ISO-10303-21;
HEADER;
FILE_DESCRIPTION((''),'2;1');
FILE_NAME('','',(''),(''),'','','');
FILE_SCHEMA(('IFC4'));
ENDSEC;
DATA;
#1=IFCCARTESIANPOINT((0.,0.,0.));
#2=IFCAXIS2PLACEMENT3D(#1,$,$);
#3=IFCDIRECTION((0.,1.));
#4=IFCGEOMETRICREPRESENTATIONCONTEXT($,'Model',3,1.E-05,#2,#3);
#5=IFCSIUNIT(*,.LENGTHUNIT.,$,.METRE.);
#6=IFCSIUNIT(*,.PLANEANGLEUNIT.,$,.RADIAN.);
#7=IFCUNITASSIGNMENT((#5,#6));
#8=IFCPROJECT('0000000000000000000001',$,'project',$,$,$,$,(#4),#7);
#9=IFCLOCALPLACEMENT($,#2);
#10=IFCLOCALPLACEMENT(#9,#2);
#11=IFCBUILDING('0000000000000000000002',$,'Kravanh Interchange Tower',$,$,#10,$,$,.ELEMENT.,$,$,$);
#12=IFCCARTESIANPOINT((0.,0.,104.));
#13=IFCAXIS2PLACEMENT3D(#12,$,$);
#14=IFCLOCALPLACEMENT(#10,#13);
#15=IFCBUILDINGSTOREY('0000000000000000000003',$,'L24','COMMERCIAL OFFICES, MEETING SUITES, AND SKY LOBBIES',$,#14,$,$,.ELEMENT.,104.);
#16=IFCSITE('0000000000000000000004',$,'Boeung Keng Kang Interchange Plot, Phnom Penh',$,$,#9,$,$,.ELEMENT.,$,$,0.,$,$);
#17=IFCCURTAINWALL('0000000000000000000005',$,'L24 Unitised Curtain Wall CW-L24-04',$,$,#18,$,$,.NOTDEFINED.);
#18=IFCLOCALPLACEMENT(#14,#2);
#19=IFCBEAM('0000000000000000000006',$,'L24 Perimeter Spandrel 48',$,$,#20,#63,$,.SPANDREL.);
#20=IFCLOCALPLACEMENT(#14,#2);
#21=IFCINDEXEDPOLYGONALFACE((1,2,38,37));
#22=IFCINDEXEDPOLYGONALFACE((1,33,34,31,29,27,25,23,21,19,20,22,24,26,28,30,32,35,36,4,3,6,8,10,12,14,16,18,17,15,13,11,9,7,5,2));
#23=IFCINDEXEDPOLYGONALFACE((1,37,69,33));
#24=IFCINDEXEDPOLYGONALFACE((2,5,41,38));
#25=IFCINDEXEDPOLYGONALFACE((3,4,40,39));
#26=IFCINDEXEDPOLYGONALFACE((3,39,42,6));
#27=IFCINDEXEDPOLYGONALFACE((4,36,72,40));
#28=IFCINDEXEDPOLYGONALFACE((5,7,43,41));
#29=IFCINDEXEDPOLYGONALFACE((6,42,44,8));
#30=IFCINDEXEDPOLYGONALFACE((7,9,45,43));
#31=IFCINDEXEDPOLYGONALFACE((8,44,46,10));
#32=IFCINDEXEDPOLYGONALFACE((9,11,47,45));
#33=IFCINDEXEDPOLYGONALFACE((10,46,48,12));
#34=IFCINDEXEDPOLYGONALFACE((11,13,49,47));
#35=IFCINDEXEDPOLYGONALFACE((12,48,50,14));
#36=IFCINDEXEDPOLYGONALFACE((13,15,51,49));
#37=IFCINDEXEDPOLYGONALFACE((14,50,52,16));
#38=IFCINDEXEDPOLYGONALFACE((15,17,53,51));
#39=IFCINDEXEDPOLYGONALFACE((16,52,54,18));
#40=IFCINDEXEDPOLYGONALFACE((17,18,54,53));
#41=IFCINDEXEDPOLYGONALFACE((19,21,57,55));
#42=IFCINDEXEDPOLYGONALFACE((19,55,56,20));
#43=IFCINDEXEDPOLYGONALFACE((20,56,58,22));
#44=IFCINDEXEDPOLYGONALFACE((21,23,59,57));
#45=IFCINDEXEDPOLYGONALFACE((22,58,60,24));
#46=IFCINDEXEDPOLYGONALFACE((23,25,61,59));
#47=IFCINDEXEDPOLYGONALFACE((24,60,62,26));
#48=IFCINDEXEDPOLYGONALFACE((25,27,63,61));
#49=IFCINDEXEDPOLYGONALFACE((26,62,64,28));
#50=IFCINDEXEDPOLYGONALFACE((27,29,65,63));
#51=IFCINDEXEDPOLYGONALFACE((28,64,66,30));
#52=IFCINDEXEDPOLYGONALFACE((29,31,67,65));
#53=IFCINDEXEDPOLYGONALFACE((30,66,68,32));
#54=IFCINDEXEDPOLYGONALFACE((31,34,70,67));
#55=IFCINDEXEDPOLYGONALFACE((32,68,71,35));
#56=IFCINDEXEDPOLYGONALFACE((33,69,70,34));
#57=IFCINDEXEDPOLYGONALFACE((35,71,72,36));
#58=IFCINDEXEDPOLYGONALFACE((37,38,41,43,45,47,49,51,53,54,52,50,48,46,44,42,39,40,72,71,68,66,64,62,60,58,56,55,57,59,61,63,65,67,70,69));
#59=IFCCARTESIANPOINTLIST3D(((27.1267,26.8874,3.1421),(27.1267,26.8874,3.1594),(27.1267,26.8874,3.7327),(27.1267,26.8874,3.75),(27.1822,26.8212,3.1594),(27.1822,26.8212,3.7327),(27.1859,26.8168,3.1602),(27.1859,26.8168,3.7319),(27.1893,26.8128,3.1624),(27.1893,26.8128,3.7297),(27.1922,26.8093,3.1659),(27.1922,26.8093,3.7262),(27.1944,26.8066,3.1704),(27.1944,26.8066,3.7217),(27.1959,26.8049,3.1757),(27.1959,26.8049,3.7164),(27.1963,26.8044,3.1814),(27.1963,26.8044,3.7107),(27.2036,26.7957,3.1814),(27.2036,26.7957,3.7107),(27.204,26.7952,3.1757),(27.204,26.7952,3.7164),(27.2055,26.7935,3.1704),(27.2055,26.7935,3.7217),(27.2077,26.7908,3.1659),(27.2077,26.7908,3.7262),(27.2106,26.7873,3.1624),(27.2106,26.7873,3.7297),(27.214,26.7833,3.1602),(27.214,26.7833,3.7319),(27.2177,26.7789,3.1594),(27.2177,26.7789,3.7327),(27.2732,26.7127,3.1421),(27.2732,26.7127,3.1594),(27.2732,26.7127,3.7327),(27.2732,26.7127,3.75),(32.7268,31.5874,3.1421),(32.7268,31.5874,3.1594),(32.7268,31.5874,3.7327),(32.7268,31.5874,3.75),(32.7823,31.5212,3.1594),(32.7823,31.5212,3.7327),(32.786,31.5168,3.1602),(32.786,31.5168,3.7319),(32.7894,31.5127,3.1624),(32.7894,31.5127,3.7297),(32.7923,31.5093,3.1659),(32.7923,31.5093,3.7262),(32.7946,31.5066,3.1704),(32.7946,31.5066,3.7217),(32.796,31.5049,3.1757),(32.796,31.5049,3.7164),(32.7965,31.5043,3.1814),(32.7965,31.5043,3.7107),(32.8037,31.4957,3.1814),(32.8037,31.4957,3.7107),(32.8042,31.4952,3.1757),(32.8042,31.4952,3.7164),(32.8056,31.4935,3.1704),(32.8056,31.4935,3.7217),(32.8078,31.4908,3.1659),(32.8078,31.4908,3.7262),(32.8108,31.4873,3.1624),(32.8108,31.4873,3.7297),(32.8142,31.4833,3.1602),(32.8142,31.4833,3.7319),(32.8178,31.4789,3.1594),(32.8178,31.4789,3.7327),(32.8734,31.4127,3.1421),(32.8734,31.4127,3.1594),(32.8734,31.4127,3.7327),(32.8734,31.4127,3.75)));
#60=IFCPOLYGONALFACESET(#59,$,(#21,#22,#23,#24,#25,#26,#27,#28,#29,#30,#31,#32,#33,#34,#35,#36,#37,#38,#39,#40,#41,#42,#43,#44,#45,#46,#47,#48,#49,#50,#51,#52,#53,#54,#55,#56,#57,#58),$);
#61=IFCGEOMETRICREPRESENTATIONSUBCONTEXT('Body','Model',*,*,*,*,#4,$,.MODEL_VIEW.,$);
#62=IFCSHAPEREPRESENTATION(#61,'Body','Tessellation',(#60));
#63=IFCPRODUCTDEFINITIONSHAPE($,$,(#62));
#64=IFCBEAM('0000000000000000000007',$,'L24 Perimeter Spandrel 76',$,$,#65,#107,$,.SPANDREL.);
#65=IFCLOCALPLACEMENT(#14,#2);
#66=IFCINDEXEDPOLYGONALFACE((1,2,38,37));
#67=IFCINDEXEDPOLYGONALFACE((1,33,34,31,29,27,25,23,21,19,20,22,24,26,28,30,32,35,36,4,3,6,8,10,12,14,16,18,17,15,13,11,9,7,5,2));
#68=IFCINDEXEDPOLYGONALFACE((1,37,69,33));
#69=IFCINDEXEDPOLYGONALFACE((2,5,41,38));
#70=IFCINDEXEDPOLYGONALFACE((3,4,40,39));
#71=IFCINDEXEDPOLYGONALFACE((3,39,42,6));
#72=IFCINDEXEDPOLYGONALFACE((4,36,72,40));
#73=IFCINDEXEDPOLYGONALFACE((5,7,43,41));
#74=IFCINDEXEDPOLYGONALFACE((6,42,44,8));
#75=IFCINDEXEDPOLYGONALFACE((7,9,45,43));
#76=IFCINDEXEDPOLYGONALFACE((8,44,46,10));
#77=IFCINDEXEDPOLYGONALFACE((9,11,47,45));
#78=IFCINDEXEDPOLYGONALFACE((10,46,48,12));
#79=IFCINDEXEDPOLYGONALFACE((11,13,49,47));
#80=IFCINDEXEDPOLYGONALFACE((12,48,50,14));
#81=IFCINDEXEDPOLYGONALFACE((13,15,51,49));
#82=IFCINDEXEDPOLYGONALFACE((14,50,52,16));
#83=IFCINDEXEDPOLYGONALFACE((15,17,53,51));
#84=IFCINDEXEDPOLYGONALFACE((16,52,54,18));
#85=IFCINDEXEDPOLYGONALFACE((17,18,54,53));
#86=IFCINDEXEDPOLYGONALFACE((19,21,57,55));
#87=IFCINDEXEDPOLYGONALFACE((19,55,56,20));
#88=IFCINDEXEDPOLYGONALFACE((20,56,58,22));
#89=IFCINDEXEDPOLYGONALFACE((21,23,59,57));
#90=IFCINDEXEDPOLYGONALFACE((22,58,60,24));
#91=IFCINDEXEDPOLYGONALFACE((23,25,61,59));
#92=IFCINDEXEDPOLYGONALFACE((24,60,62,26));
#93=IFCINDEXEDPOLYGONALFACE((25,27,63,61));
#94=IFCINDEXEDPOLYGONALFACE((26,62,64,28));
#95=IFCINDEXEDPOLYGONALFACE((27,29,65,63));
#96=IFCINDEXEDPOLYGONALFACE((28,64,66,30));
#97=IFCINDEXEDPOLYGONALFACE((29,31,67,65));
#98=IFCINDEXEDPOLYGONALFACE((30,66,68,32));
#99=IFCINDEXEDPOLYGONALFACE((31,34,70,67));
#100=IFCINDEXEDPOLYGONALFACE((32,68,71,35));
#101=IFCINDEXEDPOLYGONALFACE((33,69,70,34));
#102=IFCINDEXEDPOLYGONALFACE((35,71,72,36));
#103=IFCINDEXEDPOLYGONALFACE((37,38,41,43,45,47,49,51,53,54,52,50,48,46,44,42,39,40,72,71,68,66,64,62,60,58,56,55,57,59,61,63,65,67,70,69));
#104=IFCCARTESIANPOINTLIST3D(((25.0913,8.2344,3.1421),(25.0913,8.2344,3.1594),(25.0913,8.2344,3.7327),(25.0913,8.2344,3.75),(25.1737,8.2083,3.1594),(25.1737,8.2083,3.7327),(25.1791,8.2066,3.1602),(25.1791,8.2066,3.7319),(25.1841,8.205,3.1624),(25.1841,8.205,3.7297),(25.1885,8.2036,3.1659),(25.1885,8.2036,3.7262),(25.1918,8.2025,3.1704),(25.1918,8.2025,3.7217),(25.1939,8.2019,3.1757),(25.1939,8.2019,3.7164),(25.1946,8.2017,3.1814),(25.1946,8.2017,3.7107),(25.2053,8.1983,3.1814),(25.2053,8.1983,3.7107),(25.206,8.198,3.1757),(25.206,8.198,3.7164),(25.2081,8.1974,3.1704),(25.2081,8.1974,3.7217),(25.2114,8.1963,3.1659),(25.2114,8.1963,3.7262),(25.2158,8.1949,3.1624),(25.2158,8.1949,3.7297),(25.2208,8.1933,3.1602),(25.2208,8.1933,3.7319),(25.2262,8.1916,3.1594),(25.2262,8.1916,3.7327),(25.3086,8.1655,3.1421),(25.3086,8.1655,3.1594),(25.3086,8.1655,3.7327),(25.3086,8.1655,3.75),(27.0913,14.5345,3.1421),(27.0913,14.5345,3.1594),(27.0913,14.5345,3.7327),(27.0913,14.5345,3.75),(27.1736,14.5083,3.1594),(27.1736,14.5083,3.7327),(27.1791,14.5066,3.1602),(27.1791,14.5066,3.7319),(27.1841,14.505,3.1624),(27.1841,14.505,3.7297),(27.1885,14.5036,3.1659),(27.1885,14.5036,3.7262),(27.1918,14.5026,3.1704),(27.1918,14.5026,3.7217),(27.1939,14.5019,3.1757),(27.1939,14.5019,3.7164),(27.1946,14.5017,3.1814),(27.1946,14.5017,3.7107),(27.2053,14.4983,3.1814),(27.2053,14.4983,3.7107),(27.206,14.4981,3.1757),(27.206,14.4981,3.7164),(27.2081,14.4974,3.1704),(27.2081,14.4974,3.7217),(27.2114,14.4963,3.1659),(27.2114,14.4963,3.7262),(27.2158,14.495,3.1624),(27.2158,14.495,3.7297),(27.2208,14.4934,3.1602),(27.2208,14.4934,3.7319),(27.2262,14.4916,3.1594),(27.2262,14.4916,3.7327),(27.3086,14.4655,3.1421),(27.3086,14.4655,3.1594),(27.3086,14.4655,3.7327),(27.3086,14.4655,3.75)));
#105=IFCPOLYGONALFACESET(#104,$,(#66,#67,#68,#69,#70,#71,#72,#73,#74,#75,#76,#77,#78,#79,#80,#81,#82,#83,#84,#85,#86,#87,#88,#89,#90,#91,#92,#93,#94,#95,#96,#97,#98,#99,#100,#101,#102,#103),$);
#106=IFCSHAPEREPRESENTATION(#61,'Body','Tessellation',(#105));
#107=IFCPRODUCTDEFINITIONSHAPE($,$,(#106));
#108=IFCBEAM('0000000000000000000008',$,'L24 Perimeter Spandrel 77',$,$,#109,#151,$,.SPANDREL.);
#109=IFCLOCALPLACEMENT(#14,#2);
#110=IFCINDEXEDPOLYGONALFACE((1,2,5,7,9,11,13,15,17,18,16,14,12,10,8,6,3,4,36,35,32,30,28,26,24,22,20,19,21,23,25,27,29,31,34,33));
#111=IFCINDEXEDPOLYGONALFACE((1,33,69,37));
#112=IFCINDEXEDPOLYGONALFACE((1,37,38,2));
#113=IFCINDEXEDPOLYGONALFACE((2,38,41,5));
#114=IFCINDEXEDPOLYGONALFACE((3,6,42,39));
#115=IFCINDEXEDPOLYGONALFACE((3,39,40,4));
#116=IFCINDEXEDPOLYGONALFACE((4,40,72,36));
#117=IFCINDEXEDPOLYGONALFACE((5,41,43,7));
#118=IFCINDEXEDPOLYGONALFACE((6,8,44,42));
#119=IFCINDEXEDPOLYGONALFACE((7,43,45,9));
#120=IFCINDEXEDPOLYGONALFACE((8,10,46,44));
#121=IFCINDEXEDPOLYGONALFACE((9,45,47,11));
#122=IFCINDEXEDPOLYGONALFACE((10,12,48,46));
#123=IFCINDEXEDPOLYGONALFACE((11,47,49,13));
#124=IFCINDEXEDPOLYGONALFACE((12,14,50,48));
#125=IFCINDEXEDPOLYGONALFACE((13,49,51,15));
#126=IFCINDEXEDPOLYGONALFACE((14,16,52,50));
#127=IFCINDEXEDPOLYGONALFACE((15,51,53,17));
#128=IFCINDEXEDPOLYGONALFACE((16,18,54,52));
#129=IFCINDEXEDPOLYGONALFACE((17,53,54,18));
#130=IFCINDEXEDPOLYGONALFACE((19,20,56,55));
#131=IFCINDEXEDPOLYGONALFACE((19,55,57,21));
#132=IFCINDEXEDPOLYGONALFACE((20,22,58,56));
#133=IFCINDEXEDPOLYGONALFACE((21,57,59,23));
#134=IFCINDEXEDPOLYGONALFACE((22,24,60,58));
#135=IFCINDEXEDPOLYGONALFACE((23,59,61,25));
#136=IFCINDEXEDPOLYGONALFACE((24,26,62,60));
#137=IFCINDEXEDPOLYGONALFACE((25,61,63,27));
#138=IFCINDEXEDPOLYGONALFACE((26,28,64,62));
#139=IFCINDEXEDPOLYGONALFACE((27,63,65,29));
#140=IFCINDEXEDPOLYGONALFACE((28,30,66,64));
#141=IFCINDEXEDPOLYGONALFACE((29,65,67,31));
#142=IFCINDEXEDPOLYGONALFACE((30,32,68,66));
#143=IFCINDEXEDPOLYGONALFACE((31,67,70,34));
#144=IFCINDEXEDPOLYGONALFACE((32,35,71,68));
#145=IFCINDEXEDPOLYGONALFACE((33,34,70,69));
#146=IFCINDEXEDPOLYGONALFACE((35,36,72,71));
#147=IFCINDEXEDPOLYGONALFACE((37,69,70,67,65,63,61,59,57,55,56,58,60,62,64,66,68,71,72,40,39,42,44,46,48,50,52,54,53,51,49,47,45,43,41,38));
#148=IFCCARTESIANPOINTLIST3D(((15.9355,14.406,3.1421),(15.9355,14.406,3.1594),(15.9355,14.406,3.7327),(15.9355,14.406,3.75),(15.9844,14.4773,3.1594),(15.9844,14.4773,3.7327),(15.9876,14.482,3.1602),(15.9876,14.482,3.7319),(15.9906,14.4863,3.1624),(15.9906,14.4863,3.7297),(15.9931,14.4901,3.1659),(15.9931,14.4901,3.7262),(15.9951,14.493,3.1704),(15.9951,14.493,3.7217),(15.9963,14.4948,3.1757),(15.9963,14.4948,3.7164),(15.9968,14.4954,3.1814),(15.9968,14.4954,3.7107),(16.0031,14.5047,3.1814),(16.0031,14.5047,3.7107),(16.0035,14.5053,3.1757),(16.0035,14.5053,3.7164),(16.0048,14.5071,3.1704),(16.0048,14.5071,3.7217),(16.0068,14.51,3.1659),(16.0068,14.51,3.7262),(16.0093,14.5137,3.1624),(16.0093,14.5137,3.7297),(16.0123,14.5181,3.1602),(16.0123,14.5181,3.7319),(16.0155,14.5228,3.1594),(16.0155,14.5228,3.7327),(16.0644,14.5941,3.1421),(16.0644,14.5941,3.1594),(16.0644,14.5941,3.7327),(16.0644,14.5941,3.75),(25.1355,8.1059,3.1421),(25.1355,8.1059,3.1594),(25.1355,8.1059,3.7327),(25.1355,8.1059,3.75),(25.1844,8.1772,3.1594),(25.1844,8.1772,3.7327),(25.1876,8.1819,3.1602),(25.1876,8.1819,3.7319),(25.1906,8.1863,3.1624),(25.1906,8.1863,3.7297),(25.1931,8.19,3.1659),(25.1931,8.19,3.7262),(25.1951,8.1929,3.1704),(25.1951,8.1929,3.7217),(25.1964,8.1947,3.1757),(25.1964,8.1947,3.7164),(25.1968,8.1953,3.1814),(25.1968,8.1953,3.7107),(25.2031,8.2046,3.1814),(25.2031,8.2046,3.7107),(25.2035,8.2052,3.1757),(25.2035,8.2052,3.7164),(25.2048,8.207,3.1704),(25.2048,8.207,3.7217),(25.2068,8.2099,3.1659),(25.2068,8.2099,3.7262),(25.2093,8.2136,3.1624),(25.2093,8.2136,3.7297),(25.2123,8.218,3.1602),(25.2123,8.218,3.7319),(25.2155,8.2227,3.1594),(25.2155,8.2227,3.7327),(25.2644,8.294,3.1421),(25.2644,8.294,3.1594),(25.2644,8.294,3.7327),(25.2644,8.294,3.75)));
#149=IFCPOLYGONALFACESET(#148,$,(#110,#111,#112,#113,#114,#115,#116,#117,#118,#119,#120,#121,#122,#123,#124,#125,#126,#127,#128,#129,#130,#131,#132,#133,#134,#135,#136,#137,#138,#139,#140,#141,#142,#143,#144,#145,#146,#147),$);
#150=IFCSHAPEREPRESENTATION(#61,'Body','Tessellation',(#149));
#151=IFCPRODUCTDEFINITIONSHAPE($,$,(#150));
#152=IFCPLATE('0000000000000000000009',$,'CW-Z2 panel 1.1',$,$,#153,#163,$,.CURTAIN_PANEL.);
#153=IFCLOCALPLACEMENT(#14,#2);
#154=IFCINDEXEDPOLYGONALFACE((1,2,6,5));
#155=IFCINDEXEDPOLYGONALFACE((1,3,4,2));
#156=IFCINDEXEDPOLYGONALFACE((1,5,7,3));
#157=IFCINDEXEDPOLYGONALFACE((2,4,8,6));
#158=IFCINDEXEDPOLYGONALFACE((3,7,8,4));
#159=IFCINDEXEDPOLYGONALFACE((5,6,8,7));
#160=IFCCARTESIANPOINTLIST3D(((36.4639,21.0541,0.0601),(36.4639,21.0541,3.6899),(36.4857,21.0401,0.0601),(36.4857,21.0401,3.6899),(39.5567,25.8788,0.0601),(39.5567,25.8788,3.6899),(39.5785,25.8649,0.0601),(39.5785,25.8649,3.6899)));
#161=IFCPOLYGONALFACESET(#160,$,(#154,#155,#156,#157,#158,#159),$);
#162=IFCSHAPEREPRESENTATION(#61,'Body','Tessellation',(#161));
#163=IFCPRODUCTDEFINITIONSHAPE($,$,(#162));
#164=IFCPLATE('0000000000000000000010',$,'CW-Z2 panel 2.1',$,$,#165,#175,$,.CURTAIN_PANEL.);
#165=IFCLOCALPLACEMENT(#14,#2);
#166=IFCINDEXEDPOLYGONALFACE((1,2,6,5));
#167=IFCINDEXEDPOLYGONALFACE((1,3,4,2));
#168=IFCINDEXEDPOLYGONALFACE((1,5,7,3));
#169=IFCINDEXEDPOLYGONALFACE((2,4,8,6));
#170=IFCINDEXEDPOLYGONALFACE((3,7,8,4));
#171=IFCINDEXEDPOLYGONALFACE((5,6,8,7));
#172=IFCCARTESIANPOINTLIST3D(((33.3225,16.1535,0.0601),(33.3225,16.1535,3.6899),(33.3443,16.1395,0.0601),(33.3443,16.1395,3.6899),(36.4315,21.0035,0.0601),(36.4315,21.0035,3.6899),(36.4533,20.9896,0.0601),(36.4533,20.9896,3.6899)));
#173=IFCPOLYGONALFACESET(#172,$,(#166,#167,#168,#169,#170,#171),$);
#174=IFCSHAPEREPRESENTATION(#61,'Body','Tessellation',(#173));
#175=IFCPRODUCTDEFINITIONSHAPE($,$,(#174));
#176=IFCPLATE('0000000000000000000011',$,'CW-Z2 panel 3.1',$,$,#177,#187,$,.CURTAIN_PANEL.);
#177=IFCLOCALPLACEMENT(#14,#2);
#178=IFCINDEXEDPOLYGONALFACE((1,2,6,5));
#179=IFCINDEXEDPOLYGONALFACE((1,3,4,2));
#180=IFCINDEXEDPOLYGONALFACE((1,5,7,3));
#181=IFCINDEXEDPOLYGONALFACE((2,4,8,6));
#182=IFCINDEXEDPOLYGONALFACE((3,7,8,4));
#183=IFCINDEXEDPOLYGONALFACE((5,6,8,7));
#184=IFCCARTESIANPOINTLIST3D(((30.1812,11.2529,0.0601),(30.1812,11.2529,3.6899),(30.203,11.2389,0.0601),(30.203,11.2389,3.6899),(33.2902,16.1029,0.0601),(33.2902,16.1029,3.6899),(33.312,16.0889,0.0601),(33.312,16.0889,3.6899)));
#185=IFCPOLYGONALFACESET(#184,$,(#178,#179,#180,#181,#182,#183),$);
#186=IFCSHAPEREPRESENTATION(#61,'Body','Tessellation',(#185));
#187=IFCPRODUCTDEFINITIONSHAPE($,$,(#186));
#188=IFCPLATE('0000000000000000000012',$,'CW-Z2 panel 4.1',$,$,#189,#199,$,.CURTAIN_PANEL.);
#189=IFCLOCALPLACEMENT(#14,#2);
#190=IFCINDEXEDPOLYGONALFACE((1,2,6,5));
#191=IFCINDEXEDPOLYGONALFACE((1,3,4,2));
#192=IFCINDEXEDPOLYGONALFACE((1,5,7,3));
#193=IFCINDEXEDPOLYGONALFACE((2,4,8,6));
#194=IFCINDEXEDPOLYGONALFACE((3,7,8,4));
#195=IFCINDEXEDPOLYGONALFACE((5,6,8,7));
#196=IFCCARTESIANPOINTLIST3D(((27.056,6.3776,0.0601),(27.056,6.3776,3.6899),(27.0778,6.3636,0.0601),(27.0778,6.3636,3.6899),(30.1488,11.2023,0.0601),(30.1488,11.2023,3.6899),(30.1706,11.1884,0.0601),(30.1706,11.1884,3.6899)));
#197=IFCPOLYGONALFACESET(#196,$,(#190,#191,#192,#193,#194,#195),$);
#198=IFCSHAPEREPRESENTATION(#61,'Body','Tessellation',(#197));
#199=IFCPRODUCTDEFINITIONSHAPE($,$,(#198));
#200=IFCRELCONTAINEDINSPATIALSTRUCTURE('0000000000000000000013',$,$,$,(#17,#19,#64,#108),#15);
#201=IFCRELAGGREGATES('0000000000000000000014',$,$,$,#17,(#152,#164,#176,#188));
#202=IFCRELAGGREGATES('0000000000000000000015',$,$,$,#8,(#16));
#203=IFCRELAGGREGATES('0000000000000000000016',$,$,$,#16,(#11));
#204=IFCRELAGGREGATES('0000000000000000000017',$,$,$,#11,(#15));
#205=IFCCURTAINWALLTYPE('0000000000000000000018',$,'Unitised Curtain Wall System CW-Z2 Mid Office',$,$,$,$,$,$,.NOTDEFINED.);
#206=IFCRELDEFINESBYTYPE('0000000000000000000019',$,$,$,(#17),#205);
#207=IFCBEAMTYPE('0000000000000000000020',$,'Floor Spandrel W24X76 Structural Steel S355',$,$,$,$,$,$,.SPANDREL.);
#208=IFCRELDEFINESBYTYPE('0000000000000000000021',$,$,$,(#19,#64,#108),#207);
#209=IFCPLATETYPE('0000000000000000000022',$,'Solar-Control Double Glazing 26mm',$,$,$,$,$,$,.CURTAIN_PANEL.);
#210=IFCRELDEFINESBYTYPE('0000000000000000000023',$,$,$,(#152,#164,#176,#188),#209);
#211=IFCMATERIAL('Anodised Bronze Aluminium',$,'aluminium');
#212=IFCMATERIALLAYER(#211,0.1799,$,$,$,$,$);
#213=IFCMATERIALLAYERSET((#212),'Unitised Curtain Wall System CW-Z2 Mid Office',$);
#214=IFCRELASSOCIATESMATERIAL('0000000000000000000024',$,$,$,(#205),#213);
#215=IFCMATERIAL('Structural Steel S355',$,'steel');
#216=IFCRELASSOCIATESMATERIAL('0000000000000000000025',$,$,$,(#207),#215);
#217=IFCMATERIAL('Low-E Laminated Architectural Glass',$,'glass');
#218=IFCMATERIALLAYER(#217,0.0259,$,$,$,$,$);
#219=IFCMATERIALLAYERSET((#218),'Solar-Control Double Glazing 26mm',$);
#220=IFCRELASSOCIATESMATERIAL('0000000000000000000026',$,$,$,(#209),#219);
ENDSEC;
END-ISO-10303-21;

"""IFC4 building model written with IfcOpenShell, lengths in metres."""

from ifc_helpers import new_model, si_unit, direction, frame, origin, origin_2d, place, context, subcontext, project, spatial, rectangle, i_section, extrude, material, layer, layer_set, material_profile, profile_set, type_object, element, aggregate, save


model = new_model("IFC4")

# Units and contexts
model_context = context("Model", 3, precision=1e-05, world=origin(), true_north=direction((0.0, 1.0)))
body_context = subcontext(model_context, "Body", "Model", "MODEL_VIEW")
ifc_project = project(units=[si_unit("LENGTHUNIT", "METRE"), si_unit("PLANEANGLEUNIT", "RADIAN")], contexts=[model_context])

# Site, building, storey
site_placement = place(None, origin())
site = spatial("IfcSite", under=ifc_project, at=site_placement, Name="Boeung Keng Kang Interchange Plot, Phnom Penh", CompositionType="ELEMENT", RefElevation=0.0)
building_placement = place(site_placement, origin())
building = spatial("IfcBuilding", under=site, at=building_placement, Name="Kravanh Interchange Tower", CompositionType="ELEMENT")
storey_placement = place(building_placement, frame((0.0, 0.0, 104.0)))
storey = spatial("IfcBuildingStorey", under=building, at=storey_placement, Name="L24", Description="COMMERCIAL OFFICES, MEETING SUITES, AND SKY LOBBIES", CompositionType="ELEMENT", Elevation=104.0)

# Curtain wall
ifc_material_1 = material(Name="Anodised Bronze Aluminium", Category="aluminium")
ifc_layer_1 = layer(ifc_material_1, 0.1799)
ifc_layer_set_1 = layer_set([ifc_layer_1], Name="Unitised Curtain Wall System CW-Z2 Mid Office")
curtain_wall_type = type_object("IfcCurtainWallType", Name="Unitised Curtain Wall System CW-Z2 Mid Office", PredefinedType="NOTDEFINED", material=ifc_layer_set_1)
curtain_wall_1_placement = place(storey_placement, origin())
curtain_wall_1 = element("IfcCurtainWall", 1, at=curtain_wall_1_placement, inside=storey, type_object=curtain_wall_type, Name="L24 Unitised Curtain Wall CW-L24-04", PredefinedType="NOTDEFINED")

# Beams
ifc_material_2 = material(Name="Structural Steel S355", Category="steel")
ifc_material_profile_1 = material_profile(ifc_material_2, i_section(OverallWidth=0.228, OverallDepth=0.6079, WebThickness=0.0112, FlangeThickness=0.0173, FilletRadius=0.022, at=origin_2d()), Name="W24X76")
ifc_profile_set_1 = profile_set([ifc_material_profile_1], Name="Structural Steel S355")
beam_type_1 = type_object("IfcBeamType", Name="Floor Spandrel W24X76 Structural Steel S355", PredefinedType="SPANDREL", material=ifc_profile_set_1)
beam_1_placement = place(storey_placement, frame((27.2, 26.8, 3.446), z_axis=(0.765983, 0.642861, 0.0), x_axis=(-0.642861, 0.765983, 0.0)))
element("IfcBeam", 2, at=beam_1_placement, inside=storey, type_object=beam_type_1, Name="L24 Perimeter Spandrel 48", PredefinedType="SPANDREL", context=body_context, shape_type="SweptSolid", body=[
    extrude(i_section(OverallWidth=0.228, OverallDepth=0.6079, WebThickness=0.0112, FlangeThickness=0.0173, FilletRadius=0.022, at=origin_2d()), origin(), (0.0, 0.0, 1.0), 7.311),
])
beam_2_placement = place(storey_placement, frame((25.2, 8.2, 3.446), z_axis=(0.302577, 0.953125, 0.0), x_axis=(-0.953125, 0.302577, 0.0)))
element("IfcBeam", 3, at=beam_2_placement, inside=storey, type_object=beam_type_1, Name="L24 Perimeter Spandrel 76", PredefinedType="SPANDREL", context=body_context, shape_type="SweptSolid", body=[
    extrude(i_section(OverallWidth=0.228, OverallDepth=0.6079, WebThickness=0.0112, FlangeThickness=0.0173, FilletRadius=0.022, at=origin_2d()), origin(), (0.0, 0.0, 1.0), 6.6099),
])
beam_3_placement = place(storey_placement, frame((25.2, 8.2, 3.446), z_axis=(-0.825084, 0.56501, 0.0), x_axis=(-0.56501, -0.825084, 0.0)))
element("IfcBeam", 4, at=beam_3_placement, inside=storey, type_object=beam_type_1, Name="L24 Perimeter Spandrel 77", PredefinedType="SPANDREL", context=body_context, shape_type="SweptSolid", body=[
    extrude(i_section(OverallWidth=0.228, OverallDepth=0.6079, WebThickness=0.0112, FlangeThickness=0.0173, FilletRadius=0.022, at=origin_2d()), origin(), (0.0, 0.0, 1.0), 11.1504),
])

# Plates
ifc_material_3 = material(Name="Low-E Laminated Architectural Glass", Category="glass")
ifc_layer_2 = layer(ifc_material_3, 0.0259)
ifc_layer_set_2 = layer_set([ifc_layer_2], Name="Solar-Control Double Glazing 26mm")
plate_type = type_object("IfcPlateType", Name="Solar-Control Double Glazing 26mm", PredefinedType="CURTAIN_PANEL", material=ifc_layer_set_2)
plate_1_placement = place(storey_placement, frame((38.0212, 23.4595, 0.0601), z_axis=(0.0, 0.0, 1.0), x_axis=(-0.539665, -0.84188, 0.0)))
plate_1 = element("IfcPlate", 5, at=plate_1_placement, type_object=plate_type, Name="CW-Z2 panel 1.1", PredefinedType="CURTAIN_PANEL", context=body_context, shape_type="SweptSolid", body=[
    extrude(rectangle(XDim=5.731, YDim=0.0259, at=origin_2d()), origin(), (0.0, 0.0, 1.0), 3.6299),
])
plate_2_placement = place(storey_placement, frame((34.8879, 18.5715, 0.0601), z_axis=(0.0, 0.0, 1.0), x_axis=(-0.539665, -0.84188, 0.0)))
plate_2 = element("IfcPlate", 6, at=plate_2_placement, type_object=plate_type, Name="CW-Z2 panel 2.1", PredefinedType="CURTAIN_PANEL", context=body_context, shape_type="SweptSolid", body=[
    extrude(rectangle(XDim=5.761, YDim=0.0259, at=origin_2d()), origin(), (0.0, 0.0, 1.0), 3.6299),
])
plate_3_placement = place(storey_placement, frame((31.7466, 13.6709, 0.0601), z_axis=(0.0, 0.0, 1.0), x_axis=(-0.539665, -0.84188, 0.0)))
plate_3 = element("IfcPlate", 7, at=plate_3_placement, type_object=plate_type, Name="CW-Z2 panel 3.1", PredefinedType="CURTAIN_PANEL", context=body_context, shape_type="SweptSolid", body=[
    extrude(rectangle(XDim=5.761, YDim=0.0259, at=origin_2d()), origin(), (0.0, 0.0, 1.0), 3.6299),
])
plate_4_placement = place(storey_placement, frame((28.6133, 8.783, 0.0601), z_axis=(0.0, 0.0, 1.0), x_axis=(-0.539665, -0.84188, 0.0)))
plate_4 = element("IfcPlate", 8, at=plate_4_placement, type_object=plate_type, Name="CW-Z2 panel 4.1", PredefinedType="CURTAIN_PANEL", context=body_context, shape_type="SweptSolid", body=[
    extrude(rectangle(XDim=5.731, YDim=0.0259, at=origin_2d()), origin(), (0.0, 0.0, 1.0), 3.6299),
])
aggregate(curtain_wall_1, [plate_1, plate_2, plate_3, plate_4])

save(model, "model.ifc")
